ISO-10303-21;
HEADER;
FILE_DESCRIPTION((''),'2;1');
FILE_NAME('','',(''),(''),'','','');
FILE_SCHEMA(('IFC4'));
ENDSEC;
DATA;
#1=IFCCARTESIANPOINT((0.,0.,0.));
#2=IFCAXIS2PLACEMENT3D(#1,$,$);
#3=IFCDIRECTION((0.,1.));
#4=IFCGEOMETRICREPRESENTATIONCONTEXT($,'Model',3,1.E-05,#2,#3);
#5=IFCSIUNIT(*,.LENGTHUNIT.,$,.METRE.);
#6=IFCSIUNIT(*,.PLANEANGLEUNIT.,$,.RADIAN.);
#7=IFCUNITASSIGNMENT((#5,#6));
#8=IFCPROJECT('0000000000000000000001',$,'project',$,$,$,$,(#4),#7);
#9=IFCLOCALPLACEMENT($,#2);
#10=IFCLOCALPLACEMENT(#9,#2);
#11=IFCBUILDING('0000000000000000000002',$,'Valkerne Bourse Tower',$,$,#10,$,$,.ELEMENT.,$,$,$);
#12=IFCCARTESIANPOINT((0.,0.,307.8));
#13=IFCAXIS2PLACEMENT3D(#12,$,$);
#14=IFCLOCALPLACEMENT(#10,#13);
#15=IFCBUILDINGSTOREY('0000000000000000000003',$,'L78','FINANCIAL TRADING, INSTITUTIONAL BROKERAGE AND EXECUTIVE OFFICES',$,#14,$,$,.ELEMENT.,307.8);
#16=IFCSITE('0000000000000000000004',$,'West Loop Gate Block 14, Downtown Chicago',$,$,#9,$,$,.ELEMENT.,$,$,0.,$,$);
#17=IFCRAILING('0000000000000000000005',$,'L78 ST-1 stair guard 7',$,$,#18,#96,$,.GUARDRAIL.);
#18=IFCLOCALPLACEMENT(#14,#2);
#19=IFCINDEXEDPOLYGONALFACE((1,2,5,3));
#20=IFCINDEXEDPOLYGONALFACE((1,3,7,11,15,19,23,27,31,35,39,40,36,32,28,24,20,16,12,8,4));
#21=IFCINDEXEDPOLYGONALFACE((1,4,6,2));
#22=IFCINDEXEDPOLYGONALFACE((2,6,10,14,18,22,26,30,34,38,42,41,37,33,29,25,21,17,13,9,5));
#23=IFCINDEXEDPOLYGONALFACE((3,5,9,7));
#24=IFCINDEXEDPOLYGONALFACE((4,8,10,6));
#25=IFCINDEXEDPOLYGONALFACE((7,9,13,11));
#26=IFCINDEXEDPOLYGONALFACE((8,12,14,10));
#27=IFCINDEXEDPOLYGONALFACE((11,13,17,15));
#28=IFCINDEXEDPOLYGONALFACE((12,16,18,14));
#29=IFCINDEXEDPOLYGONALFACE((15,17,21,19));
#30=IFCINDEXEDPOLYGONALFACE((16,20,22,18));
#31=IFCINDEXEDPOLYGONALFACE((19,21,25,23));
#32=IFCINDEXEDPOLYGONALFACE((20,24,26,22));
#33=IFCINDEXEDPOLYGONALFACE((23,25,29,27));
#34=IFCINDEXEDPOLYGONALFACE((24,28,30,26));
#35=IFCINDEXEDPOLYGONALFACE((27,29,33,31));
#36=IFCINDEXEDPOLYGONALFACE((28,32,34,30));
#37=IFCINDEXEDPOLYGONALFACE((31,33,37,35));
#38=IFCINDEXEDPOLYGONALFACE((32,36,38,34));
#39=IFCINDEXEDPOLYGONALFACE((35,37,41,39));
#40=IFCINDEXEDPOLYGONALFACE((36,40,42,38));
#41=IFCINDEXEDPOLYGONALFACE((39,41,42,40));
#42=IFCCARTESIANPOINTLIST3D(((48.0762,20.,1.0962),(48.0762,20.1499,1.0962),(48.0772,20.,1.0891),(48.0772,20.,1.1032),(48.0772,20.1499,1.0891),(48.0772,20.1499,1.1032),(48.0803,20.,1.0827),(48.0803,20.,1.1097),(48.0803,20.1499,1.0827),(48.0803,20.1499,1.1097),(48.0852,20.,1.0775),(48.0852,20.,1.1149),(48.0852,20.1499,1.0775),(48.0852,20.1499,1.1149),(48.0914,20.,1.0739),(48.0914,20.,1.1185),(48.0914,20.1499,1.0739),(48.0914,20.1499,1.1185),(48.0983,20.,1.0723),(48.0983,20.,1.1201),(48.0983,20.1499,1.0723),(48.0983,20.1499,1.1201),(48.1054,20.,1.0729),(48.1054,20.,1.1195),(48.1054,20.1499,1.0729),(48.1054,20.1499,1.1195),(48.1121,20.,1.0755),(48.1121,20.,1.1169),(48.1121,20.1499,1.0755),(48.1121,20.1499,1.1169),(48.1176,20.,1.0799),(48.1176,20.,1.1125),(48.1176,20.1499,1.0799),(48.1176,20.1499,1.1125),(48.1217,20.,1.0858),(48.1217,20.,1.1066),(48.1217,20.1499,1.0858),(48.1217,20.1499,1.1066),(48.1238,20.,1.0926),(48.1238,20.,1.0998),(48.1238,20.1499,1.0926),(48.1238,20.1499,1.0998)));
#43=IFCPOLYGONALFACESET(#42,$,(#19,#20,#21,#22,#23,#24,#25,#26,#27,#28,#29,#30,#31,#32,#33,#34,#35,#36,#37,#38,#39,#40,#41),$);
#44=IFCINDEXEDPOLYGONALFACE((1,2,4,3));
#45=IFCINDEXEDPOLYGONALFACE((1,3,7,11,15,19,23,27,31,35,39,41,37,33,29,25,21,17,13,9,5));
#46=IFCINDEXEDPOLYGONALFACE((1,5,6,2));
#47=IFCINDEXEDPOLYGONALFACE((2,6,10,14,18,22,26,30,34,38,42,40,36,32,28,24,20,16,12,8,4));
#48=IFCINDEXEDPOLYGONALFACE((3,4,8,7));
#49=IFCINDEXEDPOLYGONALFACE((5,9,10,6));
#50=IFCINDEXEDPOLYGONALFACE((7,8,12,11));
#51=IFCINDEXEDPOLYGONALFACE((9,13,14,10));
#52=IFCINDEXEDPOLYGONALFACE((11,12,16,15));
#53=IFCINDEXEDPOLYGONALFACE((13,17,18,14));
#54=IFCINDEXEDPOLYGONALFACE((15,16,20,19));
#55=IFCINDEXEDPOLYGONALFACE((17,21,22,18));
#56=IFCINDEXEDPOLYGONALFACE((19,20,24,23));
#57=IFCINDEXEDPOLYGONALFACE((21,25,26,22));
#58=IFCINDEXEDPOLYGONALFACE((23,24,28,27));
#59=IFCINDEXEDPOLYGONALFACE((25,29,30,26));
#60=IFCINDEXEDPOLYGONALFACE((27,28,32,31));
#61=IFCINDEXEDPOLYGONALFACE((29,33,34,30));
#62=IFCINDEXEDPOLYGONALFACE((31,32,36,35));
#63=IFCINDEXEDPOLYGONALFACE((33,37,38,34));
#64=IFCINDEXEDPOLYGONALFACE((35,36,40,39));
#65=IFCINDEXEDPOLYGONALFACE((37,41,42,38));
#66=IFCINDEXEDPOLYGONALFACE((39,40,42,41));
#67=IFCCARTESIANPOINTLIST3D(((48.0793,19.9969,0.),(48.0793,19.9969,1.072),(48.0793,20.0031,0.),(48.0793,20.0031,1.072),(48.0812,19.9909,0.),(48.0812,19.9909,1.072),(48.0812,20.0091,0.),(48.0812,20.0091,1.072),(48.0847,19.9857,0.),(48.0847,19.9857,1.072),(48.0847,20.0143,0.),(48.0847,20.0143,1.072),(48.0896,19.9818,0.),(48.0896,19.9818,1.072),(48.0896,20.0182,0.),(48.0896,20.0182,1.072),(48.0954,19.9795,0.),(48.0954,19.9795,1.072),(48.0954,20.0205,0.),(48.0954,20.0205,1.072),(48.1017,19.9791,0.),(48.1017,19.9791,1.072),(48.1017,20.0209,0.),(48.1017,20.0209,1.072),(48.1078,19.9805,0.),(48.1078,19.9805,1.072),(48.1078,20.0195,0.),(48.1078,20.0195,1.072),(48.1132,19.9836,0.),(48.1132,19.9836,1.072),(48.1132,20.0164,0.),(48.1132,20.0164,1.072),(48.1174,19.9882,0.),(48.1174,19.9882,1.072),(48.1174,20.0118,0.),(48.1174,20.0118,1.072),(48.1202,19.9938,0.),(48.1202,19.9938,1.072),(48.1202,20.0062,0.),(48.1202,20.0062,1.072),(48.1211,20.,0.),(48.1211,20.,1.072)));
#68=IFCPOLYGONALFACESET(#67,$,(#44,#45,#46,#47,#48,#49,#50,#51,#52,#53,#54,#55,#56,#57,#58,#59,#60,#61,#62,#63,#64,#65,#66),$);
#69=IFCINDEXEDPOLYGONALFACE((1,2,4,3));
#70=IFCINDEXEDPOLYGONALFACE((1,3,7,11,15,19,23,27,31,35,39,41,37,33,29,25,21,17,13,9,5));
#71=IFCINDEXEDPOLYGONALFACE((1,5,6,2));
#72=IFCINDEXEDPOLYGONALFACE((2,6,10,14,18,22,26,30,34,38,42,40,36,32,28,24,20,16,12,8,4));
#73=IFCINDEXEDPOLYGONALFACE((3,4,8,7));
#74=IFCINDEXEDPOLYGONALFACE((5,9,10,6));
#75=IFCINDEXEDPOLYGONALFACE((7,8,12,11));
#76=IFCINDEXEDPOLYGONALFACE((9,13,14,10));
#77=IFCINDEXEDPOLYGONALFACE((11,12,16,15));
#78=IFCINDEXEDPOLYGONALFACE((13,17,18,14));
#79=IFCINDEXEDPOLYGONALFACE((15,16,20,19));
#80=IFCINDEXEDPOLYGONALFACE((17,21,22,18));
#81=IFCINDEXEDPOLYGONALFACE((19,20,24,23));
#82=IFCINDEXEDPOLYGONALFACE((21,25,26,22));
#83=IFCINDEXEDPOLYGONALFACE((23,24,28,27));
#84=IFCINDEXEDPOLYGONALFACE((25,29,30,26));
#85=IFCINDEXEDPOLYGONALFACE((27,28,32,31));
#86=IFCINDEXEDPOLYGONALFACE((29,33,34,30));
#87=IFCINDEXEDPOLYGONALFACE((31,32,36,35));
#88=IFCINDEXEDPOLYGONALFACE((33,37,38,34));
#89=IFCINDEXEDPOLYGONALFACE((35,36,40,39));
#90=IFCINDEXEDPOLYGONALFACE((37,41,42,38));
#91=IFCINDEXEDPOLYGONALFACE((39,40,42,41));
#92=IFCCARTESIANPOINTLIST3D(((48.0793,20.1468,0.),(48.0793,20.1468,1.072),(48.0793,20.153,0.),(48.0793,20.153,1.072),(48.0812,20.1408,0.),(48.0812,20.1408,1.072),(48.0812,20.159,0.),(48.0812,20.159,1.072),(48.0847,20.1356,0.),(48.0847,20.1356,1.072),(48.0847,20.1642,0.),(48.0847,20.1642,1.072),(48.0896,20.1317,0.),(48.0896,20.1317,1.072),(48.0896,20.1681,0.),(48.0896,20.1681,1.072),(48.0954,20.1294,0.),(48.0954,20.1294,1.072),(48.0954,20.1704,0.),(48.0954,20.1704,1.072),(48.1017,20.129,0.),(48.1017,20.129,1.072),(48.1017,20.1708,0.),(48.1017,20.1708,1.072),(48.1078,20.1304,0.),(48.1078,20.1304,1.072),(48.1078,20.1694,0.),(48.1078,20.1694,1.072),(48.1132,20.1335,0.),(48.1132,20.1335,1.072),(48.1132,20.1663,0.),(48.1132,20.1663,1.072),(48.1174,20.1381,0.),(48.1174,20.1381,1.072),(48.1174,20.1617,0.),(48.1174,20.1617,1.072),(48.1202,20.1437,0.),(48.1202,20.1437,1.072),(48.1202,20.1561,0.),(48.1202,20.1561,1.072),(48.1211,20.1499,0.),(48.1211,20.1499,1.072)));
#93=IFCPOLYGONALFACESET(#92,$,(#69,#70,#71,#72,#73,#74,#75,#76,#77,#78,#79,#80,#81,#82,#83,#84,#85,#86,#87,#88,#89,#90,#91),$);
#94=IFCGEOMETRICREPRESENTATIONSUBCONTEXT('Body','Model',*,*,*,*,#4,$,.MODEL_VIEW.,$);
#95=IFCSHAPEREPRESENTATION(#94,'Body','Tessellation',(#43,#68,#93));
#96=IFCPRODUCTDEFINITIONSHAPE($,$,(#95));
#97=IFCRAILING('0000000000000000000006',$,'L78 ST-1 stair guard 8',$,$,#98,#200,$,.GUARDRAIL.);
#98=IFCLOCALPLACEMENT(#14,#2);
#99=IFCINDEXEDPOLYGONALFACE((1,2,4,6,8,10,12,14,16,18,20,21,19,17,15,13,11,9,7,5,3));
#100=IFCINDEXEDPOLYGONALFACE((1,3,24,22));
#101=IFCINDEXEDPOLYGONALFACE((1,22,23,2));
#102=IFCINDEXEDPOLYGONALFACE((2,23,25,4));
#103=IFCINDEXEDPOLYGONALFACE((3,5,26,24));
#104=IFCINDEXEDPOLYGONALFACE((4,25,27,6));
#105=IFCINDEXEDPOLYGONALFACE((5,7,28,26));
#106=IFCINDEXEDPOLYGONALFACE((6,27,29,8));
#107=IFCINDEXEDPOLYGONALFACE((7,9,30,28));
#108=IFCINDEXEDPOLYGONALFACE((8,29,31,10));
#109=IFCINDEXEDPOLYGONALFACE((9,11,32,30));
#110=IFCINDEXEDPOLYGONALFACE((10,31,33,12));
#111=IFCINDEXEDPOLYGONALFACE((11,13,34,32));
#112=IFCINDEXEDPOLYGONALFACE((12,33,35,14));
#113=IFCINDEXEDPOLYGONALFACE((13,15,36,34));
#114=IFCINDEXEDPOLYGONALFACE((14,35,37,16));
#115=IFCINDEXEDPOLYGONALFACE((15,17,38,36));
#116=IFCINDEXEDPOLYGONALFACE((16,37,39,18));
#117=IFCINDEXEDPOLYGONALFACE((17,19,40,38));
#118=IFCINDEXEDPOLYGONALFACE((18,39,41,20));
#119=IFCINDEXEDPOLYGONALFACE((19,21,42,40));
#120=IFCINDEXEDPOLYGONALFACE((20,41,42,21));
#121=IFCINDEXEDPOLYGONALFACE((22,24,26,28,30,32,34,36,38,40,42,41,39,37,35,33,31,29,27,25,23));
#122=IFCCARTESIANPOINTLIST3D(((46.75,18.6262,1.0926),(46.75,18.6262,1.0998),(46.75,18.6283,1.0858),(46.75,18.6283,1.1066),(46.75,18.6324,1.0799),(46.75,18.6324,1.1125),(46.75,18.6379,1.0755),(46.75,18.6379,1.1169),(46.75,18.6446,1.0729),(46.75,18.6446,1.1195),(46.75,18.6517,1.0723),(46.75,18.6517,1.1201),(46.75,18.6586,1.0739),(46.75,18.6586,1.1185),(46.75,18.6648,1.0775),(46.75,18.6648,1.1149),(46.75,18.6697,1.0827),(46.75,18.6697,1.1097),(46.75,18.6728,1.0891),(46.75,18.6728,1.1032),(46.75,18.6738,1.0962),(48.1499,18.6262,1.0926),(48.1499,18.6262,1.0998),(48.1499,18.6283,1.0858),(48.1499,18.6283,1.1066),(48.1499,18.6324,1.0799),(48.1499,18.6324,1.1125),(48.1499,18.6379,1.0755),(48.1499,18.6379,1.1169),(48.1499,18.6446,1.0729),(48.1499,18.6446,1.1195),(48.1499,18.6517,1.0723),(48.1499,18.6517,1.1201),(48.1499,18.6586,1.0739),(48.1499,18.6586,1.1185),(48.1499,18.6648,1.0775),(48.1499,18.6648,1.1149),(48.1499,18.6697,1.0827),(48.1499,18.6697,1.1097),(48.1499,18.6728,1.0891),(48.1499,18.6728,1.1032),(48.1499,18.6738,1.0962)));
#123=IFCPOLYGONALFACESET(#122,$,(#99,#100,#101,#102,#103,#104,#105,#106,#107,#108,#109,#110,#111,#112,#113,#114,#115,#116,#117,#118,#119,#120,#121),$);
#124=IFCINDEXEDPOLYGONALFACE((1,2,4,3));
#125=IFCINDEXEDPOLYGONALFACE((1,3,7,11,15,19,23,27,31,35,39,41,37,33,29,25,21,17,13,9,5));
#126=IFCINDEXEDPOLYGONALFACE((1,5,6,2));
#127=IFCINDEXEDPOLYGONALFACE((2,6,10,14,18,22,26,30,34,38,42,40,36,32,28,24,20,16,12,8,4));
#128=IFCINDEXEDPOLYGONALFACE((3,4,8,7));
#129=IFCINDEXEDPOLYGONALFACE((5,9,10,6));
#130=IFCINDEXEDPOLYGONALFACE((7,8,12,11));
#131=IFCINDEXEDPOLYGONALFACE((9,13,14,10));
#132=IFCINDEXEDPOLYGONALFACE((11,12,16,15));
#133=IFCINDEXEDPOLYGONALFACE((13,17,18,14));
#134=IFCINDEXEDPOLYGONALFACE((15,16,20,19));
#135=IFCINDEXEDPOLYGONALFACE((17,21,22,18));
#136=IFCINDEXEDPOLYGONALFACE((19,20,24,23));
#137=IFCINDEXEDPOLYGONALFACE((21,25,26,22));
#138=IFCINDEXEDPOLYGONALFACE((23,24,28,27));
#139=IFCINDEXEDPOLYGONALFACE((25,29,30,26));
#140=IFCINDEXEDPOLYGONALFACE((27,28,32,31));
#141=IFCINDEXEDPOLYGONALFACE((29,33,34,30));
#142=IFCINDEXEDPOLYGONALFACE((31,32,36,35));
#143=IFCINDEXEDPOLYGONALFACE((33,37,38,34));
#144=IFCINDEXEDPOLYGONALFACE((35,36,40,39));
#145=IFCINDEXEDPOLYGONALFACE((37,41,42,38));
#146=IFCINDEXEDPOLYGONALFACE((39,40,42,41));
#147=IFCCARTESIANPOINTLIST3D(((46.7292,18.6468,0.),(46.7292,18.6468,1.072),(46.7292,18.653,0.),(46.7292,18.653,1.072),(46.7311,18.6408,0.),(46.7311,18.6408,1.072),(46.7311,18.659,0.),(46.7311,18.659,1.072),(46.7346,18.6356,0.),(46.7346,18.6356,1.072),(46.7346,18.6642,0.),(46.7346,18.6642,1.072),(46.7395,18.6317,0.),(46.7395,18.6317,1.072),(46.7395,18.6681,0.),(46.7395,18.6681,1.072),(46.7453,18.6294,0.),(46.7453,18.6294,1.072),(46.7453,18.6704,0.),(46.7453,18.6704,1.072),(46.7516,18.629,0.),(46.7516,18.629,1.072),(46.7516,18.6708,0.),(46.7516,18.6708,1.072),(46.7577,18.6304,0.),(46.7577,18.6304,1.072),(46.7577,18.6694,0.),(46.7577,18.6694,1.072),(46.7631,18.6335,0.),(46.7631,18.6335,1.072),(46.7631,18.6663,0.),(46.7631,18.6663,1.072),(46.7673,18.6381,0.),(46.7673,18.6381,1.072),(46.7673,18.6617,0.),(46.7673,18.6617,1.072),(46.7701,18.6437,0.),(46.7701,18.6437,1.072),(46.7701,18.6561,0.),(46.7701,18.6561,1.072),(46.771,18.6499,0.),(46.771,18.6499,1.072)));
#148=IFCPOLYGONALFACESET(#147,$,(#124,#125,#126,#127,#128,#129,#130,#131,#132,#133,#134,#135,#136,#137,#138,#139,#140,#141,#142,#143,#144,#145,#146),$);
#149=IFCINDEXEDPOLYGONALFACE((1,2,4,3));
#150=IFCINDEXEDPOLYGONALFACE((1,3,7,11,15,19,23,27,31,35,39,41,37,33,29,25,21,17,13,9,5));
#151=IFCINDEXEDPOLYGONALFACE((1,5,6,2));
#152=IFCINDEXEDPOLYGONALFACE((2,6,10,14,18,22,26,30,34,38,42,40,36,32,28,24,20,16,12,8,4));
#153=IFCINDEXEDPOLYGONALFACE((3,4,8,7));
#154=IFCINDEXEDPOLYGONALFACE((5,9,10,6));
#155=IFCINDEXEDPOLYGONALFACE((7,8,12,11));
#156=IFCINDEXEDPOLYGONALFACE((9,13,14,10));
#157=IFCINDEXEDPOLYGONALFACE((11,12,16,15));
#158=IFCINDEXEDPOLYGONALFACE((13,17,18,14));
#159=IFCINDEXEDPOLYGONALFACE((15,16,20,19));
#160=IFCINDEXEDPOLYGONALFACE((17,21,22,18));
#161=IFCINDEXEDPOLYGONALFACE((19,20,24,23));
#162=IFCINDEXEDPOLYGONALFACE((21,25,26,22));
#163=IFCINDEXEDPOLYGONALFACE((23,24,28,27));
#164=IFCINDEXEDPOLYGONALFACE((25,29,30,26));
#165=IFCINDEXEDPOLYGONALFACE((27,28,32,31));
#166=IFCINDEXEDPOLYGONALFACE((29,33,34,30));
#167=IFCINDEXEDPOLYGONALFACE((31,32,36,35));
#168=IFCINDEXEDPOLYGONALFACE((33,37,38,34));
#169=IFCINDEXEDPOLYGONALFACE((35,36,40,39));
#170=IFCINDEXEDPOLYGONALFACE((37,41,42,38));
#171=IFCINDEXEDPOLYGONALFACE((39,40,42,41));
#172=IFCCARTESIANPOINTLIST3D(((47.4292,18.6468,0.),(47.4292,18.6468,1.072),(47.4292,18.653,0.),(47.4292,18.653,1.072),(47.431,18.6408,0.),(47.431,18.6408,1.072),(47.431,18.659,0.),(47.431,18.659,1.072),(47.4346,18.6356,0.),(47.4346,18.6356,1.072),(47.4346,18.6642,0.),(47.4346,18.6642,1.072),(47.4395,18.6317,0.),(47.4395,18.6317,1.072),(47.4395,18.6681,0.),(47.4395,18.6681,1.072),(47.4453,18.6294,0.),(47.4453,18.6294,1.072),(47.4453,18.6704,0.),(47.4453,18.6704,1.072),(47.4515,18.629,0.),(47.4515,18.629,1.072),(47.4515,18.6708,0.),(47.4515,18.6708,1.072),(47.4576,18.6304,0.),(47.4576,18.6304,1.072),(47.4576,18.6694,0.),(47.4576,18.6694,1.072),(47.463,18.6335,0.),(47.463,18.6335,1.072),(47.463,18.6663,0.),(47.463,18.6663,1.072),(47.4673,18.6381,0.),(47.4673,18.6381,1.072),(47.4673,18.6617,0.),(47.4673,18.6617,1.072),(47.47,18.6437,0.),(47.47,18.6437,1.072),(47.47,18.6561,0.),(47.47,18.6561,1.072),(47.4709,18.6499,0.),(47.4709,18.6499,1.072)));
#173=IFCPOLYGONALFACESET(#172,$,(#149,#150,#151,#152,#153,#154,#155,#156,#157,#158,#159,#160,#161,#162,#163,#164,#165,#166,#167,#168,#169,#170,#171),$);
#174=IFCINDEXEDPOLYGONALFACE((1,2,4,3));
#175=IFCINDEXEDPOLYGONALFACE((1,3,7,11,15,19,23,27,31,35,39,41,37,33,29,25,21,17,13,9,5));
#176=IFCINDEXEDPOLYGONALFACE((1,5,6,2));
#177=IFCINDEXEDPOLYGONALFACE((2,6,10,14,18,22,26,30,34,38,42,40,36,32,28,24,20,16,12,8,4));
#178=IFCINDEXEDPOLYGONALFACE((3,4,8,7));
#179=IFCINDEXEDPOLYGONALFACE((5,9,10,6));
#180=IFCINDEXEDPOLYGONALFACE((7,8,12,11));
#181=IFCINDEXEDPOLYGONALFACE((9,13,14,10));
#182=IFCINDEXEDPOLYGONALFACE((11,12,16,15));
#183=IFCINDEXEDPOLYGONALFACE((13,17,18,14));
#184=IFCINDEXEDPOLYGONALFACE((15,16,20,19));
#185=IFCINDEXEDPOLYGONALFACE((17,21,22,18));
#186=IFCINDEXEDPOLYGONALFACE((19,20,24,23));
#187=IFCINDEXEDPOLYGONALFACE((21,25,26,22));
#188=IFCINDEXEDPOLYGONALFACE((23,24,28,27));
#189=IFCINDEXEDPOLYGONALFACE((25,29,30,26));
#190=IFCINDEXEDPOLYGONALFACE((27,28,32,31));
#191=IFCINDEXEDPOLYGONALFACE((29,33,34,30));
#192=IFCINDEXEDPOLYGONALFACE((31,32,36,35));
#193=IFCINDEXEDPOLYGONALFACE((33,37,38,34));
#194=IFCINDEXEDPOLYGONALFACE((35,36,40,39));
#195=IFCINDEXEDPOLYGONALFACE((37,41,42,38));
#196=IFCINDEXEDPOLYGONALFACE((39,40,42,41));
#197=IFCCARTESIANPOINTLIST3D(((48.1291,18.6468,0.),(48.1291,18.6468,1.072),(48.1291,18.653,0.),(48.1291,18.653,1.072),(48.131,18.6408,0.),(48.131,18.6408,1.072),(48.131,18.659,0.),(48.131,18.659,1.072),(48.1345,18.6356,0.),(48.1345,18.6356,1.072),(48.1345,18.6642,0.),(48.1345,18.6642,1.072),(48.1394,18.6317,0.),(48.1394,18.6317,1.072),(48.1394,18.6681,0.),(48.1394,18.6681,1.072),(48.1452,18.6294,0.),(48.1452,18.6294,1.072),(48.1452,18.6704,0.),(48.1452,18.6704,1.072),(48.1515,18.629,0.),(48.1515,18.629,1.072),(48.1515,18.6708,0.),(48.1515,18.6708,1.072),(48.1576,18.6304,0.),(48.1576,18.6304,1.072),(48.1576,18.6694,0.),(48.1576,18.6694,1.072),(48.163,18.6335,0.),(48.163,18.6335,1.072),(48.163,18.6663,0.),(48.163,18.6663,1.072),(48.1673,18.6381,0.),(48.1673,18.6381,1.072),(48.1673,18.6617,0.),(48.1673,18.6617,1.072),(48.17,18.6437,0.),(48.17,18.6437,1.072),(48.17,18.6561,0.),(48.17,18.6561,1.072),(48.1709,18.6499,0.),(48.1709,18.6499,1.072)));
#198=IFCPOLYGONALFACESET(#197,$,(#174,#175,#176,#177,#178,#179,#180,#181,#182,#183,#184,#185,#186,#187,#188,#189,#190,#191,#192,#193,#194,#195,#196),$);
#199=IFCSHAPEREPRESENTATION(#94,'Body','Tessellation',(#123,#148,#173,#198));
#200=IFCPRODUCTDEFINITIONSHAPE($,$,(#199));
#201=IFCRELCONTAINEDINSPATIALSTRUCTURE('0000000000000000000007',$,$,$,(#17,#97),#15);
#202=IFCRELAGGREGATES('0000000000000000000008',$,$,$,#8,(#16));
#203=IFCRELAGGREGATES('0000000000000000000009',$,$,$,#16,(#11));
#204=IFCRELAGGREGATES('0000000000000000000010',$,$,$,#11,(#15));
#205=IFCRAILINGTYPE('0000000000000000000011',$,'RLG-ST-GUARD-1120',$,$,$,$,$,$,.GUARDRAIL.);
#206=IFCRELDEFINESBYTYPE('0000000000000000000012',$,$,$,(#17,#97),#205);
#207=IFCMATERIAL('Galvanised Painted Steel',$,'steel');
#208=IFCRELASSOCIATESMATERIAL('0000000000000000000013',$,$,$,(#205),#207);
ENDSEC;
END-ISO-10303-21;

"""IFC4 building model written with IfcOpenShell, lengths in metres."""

from ifc_helpers import new_model, si_unit, direction, frame, origin, origin_2d, place, context, subcontext, project, spatial, circle, extrude, material, type_object, element, save


model = new_model("IFC4")

# Units and contexts
model_context = context("Model", 3, precision=1e-05, world=origin(), true_north=direction((0.0, 1.0)))
body_context = subcontext(model_context, "Body", "Model", "MODEL_VIEW")
ifc_project = project(units=[si_unit("LENGTHUNIT", "METRE"), si_unit("PLANEANGLEUNIT", "RADIAN")], contexts=[model_context])

# Site, building, storey
site_placement = place(None, origin())
site = spatial("IfcSite", under=ifc_project, at=site_placement, Name="West Loop Gate Block 14, Downtown Chicago", CompositionType="ELEMENT", RefElevation=0.0)
building_placement = place(site_placement, origin())
building = spatial("IfcBuilding", under=site, at=building_placement, Name="Valkerne Bourse Tower", CompositionType="ELEMENT")
storey_placement = place(building_placement, frame((0.0, 0.0, 307.8)))
storey = spatial("IfcBuildingStorey", under=building, at=storey_placement, Name="L78", Description="FINANCIAL TRADING, INSTITUTIONAL BROKERAGE AND EXECUTIVE OFFICES", CompositionType="ELEMENT", Elevation=307.8)

# Shared definitions
ifc_material_1 = material(Name="Galvanised Painted Steel", Category="steel")

# Railings
railing_type_1 = type_object("IfcRailingType", Name="RLG-ST-GUARD-1120", PredefinedType="GUARDRAIL", material=ifc_material_1)
railing_1_placement = place(storey_placement, frame((48.1001, 20.0, 0.0)))
element("IfcRailing", 1, at=railing_1_placement, inside=storey, type_object=railing_type_1, Name="L78 ST-1 stair guard 7", PredefinedType="GUARDRAIL", context=body_context, shape_type="SweptSolid", body=[
    extrude(circle(Radius=0.0239, at=origin_2d()), frame((0.0, 0.0, 1.0962), z_axis=(0.0, 1.0, 0.0), x_axis=(-1.0, 0.0, 0.0)), (0.0, 0.0, 1.0), 0.1499),
    extrude(circle(Radius=0.021, at=origin_2d()), origin(), (0.0, 0.0, 1.0), 1.072),
    extrude(circle(Radius=0.021, at=origin_2d()), frame((0.0, 0.1499, 0.0)), (0.0, 0.0, 1.0), 1.072),
])
for number, where, name in (
    (2, (46.75, 18.6499, 0.0), "L78 ST-1 stair guard 8"),
):
    element("IfcRailing", number, at=place(storey_placement, frame(where)), inside=storey, type_object=railing_type_1, Name=name, PredefinedType="GUARDRAIL", context=body_context, shape_type="SweptSolid", body=[
        extrude(circle(Radius=0.0239, at=origin_2d()), frame((0.0, 0.0, 1.0962), z_axis=(1.0, 0.0, 0.0), x_axis=(0.0, 1.0, 0.0)), (0.0, 0.0, 1.0), 1.3999),
        extrude(circle(Radius=0.021, at=origin_2d()), origin(), (0.0, 0.0, 1.0), 1.072),
        extrude(circle(Radius=0.021, at=origin_2d()), frame((0.7, 0.0, 0.0)), (0.0, 0.0, 1.0), 1.072),
        extrude(circle(Radius=0.021, at=origin_2d()), frame((1.3999, 0.0, 0.0)), (0.0, 0.0, 1.0), 1.072),
    ])

save(model, "model.ifc")
